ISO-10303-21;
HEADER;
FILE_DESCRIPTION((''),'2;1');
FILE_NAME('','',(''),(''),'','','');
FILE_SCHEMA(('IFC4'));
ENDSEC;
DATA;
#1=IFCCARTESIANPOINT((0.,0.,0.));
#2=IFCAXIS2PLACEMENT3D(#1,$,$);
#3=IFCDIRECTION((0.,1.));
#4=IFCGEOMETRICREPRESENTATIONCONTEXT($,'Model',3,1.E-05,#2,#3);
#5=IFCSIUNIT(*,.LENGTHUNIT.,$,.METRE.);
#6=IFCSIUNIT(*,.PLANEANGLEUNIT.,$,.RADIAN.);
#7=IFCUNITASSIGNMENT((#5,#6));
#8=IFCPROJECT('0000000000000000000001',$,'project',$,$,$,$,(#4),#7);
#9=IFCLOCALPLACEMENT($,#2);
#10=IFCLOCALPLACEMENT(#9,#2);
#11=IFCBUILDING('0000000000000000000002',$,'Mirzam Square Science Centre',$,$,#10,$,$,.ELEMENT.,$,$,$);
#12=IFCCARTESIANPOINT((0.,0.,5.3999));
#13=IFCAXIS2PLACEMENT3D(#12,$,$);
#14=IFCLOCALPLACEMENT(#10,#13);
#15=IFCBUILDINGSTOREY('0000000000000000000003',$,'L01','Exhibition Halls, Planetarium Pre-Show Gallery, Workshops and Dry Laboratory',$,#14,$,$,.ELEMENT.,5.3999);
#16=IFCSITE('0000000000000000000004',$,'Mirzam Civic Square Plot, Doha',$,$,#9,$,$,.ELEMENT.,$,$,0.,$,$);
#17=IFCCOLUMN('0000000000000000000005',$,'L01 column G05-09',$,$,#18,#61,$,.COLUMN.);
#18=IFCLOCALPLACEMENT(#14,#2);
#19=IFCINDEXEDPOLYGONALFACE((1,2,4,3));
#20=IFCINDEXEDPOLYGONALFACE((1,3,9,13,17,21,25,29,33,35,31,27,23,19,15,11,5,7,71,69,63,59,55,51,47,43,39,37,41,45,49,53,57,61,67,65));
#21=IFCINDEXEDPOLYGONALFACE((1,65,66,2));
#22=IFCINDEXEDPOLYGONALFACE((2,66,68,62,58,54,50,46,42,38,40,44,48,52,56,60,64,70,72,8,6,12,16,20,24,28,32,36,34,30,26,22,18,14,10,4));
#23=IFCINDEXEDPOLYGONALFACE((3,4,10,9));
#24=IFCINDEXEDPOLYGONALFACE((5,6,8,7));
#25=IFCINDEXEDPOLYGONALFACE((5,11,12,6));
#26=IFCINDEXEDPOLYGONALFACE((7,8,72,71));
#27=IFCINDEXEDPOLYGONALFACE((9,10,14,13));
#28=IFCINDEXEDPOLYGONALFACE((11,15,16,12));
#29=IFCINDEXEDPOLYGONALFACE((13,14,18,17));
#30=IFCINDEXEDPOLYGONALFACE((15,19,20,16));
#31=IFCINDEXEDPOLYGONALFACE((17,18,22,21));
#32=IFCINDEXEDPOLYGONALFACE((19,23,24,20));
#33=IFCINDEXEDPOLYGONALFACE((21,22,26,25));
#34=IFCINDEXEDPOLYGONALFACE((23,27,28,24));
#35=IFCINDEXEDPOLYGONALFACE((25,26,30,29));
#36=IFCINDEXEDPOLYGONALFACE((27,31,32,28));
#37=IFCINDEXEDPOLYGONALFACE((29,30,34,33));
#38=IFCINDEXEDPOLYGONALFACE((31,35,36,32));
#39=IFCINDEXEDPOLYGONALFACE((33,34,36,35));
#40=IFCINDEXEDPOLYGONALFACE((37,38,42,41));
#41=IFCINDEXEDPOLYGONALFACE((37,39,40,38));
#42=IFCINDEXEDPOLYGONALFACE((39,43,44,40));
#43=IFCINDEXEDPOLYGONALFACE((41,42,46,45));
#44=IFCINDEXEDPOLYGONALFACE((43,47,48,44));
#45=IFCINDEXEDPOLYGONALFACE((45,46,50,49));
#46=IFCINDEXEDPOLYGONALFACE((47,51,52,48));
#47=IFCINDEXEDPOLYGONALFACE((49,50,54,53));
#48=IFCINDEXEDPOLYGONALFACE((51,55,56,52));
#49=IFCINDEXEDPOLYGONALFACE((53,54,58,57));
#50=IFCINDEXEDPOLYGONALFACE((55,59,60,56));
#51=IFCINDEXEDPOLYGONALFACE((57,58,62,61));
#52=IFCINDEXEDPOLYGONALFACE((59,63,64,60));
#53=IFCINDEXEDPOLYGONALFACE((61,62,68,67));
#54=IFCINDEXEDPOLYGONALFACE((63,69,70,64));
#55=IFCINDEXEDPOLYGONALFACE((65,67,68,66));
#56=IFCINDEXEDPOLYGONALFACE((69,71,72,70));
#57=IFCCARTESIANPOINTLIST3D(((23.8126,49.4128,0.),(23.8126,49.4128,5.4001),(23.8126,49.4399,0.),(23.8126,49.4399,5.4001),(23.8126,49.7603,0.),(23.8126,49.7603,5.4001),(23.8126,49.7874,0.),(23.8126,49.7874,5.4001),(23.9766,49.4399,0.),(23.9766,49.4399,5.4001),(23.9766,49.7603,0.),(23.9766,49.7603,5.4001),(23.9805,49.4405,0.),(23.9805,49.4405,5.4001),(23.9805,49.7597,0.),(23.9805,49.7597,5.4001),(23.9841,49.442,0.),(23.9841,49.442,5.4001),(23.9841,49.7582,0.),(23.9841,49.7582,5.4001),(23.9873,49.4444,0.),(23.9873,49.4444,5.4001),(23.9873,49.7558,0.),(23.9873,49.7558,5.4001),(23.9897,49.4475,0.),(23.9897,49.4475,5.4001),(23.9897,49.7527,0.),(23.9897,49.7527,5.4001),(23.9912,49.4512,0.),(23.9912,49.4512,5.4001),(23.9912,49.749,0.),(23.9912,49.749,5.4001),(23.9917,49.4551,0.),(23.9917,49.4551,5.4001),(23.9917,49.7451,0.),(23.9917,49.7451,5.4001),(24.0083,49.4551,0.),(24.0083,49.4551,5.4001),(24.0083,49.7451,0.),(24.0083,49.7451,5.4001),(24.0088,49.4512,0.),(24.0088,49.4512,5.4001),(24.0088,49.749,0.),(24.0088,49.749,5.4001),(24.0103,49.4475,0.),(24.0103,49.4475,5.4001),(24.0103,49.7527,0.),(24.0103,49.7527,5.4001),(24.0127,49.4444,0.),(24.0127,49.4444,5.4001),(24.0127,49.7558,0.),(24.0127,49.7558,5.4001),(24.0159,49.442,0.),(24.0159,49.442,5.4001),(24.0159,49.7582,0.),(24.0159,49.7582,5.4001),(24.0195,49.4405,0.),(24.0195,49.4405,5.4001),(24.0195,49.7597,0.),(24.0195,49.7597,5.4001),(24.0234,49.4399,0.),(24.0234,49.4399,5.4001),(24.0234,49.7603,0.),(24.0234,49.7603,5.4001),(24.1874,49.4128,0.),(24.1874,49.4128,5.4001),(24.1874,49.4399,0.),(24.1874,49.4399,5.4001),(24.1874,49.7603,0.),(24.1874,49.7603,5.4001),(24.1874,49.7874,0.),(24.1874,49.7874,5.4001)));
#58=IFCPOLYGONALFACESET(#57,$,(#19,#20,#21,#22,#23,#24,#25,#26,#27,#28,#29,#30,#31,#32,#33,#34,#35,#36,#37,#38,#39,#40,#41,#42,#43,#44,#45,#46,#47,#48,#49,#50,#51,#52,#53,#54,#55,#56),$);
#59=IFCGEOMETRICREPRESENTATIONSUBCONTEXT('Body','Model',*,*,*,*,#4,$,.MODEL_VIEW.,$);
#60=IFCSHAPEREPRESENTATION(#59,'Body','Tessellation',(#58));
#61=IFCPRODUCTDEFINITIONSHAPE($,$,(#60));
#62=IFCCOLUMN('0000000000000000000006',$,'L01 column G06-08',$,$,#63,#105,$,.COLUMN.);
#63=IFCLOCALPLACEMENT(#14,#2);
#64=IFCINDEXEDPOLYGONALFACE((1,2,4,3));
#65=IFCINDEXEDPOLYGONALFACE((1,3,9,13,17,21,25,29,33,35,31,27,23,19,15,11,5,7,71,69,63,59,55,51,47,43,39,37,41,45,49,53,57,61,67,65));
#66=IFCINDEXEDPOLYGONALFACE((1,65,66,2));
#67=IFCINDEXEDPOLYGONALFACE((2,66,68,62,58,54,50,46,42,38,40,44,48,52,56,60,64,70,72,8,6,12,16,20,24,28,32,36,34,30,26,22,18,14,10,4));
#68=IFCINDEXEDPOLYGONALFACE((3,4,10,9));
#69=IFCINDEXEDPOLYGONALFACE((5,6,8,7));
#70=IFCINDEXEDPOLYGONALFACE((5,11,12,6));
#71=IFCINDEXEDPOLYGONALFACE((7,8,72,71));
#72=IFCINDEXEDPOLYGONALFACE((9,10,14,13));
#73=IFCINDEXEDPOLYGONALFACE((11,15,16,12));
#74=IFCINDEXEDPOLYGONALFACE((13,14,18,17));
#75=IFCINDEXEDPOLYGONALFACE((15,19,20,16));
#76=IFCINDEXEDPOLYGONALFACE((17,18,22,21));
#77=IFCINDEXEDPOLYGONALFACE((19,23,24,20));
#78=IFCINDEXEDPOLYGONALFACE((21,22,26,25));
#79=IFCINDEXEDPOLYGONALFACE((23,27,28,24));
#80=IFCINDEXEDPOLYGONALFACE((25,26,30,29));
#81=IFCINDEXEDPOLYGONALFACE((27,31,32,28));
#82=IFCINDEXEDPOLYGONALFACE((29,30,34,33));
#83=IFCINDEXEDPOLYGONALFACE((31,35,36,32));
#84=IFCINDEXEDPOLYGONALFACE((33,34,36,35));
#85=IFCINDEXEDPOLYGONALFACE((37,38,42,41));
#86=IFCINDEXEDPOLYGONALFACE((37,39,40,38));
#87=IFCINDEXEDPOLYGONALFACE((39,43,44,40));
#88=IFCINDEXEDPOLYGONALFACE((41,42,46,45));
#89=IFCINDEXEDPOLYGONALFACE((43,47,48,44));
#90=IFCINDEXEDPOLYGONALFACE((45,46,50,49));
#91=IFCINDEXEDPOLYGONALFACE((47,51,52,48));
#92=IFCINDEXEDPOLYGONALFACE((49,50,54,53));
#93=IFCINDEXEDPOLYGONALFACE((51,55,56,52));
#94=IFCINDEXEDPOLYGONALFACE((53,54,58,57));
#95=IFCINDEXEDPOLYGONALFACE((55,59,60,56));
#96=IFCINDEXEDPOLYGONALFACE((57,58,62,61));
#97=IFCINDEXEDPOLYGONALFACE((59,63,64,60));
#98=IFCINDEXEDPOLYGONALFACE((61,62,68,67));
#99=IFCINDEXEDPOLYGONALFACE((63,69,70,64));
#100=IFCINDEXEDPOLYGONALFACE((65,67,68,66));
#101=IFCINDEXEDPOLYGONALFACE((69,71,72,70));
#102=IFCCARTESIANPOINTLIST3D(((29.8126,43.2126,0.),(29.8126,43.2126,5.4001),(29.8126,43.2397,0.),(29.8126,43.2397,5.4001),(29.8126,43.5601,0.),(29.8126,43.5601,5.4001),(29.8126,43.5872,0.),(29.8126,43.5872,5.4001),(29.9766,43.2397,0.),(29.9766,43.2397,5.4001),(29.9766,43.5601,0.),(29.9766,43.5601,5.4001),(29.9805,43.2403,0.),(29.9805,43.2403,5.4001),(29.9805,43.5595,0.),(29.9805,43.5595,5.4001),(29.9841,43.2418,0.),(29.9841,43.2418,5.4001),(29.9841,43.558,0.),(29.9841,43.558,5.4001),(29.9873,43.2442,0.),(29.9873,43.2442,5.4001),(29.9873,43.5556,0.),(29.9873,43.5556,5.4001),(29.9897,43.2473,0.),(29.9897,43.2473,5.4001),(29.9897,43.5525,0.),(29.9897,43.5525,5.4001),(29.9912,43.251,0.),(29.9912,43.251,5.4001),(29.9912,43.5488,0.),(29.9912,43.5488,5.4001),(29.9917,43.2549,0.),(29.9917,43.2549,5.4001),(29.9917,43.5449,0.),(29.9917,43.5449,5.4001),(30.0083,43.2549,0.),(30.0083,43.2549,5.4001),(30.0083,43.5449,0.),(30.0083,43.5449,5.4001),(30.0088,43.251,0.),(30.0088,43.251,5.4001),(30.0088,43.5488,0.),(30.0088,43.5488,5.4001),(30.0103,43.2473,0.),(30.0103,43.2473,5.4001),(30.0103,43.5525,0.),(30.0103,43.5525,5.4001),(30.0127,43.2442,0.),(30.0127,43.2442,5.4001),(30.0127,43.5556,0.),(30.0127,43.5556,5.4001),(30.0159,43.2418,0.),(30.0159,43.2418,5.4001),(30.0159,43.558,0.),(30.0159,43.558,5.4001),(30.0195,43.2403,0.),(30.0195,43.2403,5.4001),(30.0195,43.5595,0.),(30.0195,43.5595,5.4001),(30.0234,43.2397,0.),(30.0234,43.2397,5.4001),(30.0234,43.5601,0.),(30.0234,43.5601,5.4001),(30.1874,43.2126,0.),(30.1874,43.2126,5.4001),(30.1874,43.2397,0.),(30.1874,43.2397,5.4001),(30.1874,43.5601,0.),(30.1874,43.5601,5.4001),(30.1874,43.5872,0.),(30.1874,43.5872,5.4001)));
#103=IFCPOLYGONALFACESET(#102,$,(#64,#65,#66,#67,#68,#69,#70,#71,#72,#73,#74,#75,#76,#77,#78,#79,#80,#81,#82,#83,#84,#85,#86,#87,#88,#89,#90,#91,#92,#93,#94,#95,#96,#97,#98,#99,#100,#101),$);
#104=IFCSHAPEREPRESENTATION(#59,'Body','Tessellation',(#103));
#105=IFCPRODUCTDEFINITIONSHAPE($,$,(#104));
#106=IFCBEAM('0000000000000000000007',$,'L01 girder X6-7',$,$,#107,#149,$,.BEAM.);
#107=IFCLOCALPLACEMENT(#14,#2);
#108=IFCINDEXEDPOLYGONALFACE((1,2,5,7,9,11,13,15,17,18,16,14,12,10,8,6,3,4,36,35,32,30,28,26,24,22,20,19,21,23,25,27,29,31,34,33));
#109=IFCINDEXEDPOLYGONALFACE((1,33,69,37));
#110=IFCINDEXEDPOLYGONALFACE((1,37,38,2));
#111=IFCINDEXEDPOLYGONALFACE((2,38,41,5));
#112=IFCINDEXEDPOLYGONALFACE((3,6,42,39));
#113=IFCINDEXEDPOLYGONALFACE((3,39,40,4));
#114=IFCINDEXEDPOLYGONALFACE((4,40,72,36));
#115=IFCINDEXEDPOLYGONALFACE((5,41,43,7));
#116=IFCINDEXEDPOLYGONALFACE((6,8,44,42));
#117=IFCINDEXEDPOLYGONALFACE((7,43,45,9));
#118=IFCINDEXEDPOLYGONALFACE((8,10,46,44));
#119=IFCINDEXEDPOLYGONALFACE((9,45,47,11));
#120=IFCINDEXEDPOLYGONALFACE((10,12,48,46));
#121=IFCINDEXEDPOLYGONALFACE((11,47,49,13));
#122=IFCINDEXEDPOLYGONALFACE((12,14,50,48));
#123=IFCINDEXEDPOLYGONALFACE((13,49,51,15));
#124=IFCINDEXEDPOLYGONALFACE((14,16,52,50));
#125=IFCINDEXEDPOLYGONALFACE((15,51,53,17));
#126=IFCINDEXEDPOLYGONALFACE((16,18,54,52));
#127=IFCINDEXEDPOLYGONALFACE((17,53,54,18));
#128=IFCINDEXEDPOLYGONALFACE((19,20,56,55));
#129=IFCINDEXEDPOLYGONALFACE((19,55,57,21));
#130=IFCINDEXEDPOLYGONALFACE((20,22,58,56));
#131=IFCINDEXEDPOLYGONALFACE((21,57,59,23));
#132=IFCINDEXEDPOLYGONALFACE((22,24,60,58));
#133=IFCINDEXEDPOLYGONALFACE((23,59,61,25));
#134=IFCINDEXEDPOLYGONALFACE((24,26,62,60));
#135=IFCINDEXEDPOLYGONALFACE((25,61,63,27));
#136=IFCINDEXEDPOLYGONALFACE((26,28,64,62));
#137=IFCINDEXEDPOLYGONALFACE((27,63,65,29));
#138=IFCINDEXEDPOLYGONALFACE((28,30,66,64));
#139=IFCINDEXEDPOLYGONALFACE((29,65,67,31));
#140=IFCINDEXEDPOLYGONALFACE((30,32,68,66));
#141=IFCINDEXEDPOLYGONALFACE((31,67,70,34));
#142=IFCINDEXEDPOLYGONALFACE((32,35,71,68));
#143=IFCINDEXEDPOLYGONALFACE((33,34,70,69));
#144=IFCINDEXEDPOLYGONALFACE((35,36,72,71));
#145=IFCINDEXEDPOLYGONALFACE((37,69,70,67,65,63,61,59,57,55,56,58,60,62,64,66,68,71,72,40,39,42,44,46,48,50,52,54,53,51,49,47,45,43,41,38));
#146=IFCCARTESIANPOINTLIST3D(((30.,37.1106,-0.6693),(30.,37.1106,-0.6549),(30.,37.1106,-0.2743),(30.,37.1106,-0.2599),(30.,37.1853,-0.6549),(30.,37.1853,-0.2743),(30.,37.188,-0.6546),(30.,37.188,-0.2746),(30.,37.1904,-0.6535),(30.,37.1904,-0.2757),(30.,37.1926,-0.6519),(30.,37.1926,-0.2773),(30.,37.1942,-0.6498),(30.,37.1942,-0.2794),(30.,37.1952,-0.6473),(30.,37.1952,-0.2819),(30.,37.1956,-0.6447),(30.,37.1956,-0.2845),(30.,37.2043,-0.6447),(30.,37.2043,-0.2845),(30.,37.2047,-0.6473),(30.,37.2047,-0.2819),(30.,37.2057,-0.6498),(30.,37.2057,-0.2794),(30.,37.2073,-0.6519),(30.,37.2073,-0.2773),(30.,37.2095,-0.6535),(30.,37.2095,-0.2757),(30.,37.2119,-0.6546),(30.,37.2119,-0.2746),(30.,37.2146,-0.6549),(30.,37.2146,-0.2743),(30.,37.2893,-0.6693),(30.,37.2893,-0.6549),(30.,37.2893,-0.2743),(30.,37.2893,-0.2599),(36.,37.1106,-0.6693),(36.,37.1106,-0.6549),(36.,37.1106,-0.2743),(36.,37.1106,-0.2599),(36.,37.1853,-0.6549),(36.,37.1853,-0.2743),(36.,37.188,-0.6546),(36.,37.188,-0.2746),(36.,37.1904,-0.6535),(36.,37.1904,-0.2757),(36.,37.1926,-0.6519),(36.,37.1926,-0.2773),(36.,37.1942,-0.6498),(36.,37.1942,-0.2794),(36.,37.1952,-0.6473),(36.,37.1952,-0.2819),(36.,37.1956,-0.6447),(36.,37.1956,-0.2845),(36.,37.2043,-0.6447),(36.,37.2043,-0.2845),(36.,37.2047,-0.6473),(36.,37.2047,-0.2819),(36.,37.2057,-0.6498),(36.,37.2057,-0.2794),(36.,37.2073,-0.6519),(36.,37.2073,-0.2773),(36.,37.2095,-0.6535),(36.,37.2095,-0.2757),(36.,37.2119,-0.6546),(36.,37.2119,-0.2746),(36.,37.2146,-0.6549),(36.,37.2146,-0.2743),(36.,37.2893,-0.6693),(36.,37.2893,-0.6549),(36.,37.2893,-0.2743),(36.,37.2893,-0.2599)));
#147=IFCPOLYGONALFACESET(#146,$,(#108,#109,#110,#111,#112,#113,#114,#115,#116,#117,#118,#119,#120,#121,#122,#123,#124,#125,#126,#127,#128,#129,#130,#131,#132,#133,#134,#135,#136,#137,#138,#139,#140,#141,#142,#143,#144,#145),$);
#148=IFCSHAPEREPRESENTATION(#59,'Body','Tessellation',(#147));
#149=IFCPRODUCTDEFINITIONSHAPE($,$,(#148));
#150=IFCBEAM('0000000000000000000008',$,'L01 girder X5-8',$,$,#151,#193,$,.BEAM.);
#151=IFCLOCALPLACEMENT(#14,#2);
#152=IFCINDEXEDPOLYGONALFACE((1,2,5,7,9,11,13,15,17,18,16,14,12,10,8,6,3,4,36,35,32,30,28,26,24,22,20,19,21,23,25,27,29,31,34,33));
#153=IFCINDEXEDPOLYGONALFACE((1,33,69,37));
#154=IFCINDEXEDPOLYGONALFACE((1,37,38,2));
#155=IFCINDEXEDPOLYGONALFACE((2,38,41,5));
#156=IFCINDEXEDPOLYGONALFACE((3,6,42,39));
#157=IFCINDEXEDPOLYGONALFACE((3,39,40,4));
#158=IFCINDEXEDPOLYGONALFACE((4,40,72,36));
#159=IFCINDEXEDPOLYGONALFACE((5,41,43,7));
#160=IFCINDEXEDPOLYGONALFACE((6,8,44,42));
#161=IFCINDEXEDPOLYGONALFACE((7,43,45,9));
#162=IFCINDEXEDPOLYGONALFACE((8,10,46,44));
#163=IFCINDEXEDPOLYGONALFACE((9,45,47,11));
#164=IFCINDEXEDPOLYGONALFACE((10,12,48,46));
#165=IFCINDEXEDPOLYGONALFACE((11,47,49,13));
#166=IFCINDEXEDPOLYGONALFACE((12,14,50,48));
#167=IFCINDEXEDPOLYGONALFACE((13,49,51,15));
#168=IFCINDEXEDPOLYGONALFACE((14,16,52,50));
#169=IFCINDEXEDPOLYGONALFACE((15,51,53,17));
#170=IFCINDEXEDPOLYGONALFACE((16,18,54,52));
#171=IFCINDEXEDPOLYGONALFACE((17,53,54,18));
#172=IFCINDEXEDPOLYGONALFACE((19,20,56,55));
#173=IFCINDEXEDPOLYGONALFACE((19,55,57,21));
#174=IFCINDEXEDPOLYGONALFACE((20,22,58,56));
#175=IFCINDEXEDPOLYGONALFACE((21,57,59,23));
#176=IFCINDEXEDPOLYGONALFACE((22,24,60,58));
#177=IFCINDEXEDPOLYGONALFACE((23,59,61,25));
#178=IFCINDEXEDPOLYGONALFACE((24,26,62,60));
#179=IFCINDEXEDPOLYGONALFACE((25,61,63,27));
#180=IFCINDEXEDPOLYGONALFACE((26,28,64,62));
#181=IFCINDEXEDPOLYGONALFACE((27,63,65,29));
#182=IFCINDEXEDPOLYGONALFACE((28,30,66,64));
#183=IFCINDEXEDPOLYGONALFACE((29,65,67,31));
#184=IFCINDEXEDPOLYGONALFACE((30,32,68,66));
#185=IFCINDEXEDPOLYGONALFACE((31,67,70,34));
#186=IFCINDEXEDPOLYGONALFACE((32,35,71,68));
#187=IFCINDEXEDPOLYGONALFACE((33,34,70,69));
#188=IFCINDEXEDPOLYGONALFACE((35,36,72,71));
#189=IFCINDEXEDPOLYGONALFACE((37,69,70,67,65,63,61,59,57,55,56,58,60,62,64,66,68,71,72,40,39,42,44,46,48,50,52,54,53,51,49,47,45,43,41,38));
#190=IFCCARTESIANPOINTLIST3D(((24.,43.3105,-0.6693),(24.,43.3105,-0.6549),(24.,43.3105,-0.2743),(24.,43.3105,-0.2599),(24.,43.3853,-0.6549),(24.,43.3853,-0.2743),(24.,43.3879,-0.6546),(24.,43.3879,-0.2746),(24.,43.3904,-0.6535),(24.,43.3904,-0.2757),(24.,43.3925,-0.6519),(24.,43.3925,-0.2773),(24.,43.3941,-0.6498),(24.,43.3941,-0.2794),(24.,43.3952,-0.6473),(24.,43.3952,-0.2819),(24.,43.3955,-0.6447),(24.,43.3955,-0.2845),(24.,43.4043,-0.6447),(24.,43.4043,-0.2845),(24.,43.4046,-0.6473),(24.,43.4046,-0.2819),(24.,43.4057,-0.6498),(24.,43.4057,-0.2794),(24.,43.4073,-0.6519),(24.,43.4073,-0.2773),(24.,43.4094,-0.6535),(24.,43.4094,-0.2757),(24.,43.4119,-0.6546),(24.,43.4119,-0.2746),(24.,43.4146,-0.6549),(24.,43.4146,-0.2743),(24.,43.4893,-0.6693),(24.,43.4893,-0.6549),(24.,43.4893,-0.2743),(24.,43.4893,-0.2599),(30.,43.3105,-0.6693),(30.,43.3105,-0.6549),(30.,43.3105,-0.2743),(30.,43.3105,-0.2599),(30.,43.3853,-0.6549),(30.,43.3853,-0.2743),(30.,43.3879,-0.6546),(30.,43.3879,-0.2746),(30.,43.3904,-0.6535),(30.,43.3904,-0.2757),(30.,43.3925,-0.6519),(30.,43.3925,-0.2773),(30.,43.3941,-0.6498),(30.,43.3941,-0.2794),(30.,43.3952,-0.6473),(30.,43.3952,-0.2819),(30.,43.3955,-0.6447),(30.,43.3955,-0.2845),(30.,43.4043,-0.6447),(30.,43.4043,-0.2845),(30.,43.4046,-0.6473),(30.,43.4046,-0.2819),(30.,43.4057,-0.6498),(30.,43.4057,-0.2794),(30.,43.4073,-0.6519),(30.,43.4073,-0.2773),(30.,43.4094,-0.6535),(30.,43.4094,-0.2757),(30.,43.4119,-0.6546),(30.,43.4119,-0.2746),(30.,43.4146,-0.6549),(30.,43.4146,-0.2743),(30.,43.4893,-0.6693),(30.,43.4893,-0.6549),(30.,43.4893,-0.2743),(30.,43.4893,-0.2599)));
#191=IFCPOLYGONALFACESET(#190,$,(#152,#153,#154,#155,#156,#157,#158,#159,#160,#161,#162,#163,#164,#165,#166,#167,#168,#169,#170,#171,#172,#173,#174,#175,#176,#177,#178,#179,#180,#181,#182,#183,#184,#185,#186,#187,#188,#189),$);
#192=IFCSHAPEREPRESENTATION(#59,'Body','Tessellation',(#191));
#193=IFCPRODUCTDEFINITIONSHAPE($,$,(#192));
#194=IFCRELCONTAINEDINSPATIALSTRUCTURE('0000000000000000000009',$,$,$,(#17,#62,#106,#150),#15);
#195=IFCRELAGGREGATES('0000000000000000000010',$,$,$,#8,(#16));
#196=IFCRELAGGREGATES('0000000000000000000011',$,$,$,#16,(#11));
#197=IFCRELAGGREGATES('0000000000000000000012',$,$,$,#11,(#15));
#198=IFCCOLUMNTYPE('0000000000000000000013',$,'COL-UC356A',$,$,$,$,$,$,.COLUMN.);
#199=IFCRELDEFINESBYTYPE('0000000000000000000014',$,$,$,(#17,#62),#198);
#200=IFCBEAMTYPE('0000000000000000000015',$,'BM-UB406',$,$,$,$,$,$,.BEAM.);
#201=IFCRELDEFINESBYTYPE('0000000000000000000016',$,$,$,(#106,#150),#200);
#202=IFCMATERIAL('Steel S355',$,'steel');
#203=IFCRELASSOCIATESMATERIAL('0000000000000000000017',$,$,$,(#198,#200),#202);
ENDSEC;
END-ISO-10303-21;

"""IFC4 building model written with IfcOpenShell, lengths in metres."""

from ifc_helpers import new_model, si_unit, direction, frame, origin, origin_2d, place, context, subcontext, project, spatial, i_section, extrude, material, material_profile, profile_set, type_object, element, save


model = new_model("IFC4")

# Units and contexts
model_context = context("Model", 3, precision=1e-05, world=origin(), true_north=direction((0.0, 1.0)))
body_context = subcontext(model_context, "Body", "Model", "MODEL_VIEW")
ifc_project = project(units=[si_unit("LENGTHUNIT", "METRE"), si_unit("PLANEANGLEUNIT", "RADIAN")], contexts=[model_context])

# Site, building, storey
site_placement = place(None, origin())
site = spatial("IfcSite", under=ifc_project, at=site_placement, Name="Mirzam Civic Square Plot, Doha", CompositionType="ELEMENT", RefElevation=0.0)
building_placement = place(site_placement, origin())
building = spatial("IfcBuilding", under=site, at=building_placement, Name="Mirzam Square Science Centre", CompositionType="ELEMENT")
storey_placement = place(building_placement, frame((0.0, 0.0, 5.3999)))
storey = spatial("IfcBuildingStorey", under=building, at=storey_placement, Name="L01", Description="Exhibition Halls, Planetarium Pre-Show Gallery, Workshops and Dry Laboratory", CompositionType="ELEMENT", Elevation=5.3999)

# Columns
ifc_material_1 = material(Name="Steel S355", Category="steel")
ifc_material_profile_1 = material_profile(ifc_material_1, i_section(OverallWidth=0.3748, OverallDepth=0.3745, WebThickness=0.0166, FlangeThickness=0.0271, FilletRadius=0.0151, at=origin_2d()), Name="356x368x202UC")
ifc_profile_set_1 = profile_set([ifc_material_profile_1], Name="Steel S355")
column_type_1 = type_object("IfcColumnType", Name="COL-UC356A", PredefinedType="COLUMN", material=ifc_profile_set_1)
for number, where, z_axis, x_axis, name in (
    (1, (24.0, 49.6001, 0.0), (0.0, 0.0, 1.0), (1.0, 0.0, 0.0), "L01 column G05-09"),
    (2, (30.0, 43.3999, 0.0), (0.0, 0.0, 1.0), (1.0, 0.0, 0.0), "L01 column G06-08"),
):
    element("IfcColumn", number, at=place(storey_placement, frame(where, z_axis=z_axis, x_axis=x_axis)), inside=storey, type_object=column_type_1, Name=name, PredefinedType="COLUMN", context=body_context, shape_type="SweptSolid", body=[
        extrude(i_section(OverallWidth=0.3748, OverallDepth=0.3745, WebThickness=0.0166, FlangeThickness=0.0271, FilletRadius=0.0151, at=origin_2d()), origin(), (0.0, 0.0, 1.0), 5.4001),
    ])

# Beams
ifc_material_profile_2 = material_profile(ifc_material_1, i_section(OverallWidth=0.1787, OverallDepth=0.4094, WebThickness=0.0088, FlangeThickness=0.0144, FilletRadius=0.0103, at=origin_2d()), Name="406x178x67UB")
ifc_profile_set_2 = profile_set([ifc_material_profile_2], Name="Steel S355")
beam_type_1 = type_object("IfcBeamType", Name="BM-UB406", PredefinedType="BEAM", material=ifc_profile_set_2)
for number, where, z_axis, x_axis, name in (
    (3, (30.0, 37.2, -0.4646), (1.0, 0.0, 0.0), (0.0, 1.0, 0.0), "L01 girder X6-7"),
    (4, (24.0, 43.3999, -0.4646), (1.0, 0.0, 0.0), (0.0, 1.0, 0.0), "L01 girder X5-8"),
):
    element("IfcBeam", number, at=place(storey_placement, frame(where, z_axis=z_axis, x_axis=x_axis)), inside=storey, type_object=beam_type_1, Name=name, PredefinedType="BEAM", context=body_context, shape_type="SweptSolid", body=[
        extrude(i_section(OverallWidth=0.1787, OverallDepth=0.4094, WebThickness=0.0088, FlangeThickness=0.0144, FilletRadius=0.0103, at=origin_2d()), origin(), (0.0, 0.0, 1.0), 6.0),
    ])

save(model, "model.ifc")
